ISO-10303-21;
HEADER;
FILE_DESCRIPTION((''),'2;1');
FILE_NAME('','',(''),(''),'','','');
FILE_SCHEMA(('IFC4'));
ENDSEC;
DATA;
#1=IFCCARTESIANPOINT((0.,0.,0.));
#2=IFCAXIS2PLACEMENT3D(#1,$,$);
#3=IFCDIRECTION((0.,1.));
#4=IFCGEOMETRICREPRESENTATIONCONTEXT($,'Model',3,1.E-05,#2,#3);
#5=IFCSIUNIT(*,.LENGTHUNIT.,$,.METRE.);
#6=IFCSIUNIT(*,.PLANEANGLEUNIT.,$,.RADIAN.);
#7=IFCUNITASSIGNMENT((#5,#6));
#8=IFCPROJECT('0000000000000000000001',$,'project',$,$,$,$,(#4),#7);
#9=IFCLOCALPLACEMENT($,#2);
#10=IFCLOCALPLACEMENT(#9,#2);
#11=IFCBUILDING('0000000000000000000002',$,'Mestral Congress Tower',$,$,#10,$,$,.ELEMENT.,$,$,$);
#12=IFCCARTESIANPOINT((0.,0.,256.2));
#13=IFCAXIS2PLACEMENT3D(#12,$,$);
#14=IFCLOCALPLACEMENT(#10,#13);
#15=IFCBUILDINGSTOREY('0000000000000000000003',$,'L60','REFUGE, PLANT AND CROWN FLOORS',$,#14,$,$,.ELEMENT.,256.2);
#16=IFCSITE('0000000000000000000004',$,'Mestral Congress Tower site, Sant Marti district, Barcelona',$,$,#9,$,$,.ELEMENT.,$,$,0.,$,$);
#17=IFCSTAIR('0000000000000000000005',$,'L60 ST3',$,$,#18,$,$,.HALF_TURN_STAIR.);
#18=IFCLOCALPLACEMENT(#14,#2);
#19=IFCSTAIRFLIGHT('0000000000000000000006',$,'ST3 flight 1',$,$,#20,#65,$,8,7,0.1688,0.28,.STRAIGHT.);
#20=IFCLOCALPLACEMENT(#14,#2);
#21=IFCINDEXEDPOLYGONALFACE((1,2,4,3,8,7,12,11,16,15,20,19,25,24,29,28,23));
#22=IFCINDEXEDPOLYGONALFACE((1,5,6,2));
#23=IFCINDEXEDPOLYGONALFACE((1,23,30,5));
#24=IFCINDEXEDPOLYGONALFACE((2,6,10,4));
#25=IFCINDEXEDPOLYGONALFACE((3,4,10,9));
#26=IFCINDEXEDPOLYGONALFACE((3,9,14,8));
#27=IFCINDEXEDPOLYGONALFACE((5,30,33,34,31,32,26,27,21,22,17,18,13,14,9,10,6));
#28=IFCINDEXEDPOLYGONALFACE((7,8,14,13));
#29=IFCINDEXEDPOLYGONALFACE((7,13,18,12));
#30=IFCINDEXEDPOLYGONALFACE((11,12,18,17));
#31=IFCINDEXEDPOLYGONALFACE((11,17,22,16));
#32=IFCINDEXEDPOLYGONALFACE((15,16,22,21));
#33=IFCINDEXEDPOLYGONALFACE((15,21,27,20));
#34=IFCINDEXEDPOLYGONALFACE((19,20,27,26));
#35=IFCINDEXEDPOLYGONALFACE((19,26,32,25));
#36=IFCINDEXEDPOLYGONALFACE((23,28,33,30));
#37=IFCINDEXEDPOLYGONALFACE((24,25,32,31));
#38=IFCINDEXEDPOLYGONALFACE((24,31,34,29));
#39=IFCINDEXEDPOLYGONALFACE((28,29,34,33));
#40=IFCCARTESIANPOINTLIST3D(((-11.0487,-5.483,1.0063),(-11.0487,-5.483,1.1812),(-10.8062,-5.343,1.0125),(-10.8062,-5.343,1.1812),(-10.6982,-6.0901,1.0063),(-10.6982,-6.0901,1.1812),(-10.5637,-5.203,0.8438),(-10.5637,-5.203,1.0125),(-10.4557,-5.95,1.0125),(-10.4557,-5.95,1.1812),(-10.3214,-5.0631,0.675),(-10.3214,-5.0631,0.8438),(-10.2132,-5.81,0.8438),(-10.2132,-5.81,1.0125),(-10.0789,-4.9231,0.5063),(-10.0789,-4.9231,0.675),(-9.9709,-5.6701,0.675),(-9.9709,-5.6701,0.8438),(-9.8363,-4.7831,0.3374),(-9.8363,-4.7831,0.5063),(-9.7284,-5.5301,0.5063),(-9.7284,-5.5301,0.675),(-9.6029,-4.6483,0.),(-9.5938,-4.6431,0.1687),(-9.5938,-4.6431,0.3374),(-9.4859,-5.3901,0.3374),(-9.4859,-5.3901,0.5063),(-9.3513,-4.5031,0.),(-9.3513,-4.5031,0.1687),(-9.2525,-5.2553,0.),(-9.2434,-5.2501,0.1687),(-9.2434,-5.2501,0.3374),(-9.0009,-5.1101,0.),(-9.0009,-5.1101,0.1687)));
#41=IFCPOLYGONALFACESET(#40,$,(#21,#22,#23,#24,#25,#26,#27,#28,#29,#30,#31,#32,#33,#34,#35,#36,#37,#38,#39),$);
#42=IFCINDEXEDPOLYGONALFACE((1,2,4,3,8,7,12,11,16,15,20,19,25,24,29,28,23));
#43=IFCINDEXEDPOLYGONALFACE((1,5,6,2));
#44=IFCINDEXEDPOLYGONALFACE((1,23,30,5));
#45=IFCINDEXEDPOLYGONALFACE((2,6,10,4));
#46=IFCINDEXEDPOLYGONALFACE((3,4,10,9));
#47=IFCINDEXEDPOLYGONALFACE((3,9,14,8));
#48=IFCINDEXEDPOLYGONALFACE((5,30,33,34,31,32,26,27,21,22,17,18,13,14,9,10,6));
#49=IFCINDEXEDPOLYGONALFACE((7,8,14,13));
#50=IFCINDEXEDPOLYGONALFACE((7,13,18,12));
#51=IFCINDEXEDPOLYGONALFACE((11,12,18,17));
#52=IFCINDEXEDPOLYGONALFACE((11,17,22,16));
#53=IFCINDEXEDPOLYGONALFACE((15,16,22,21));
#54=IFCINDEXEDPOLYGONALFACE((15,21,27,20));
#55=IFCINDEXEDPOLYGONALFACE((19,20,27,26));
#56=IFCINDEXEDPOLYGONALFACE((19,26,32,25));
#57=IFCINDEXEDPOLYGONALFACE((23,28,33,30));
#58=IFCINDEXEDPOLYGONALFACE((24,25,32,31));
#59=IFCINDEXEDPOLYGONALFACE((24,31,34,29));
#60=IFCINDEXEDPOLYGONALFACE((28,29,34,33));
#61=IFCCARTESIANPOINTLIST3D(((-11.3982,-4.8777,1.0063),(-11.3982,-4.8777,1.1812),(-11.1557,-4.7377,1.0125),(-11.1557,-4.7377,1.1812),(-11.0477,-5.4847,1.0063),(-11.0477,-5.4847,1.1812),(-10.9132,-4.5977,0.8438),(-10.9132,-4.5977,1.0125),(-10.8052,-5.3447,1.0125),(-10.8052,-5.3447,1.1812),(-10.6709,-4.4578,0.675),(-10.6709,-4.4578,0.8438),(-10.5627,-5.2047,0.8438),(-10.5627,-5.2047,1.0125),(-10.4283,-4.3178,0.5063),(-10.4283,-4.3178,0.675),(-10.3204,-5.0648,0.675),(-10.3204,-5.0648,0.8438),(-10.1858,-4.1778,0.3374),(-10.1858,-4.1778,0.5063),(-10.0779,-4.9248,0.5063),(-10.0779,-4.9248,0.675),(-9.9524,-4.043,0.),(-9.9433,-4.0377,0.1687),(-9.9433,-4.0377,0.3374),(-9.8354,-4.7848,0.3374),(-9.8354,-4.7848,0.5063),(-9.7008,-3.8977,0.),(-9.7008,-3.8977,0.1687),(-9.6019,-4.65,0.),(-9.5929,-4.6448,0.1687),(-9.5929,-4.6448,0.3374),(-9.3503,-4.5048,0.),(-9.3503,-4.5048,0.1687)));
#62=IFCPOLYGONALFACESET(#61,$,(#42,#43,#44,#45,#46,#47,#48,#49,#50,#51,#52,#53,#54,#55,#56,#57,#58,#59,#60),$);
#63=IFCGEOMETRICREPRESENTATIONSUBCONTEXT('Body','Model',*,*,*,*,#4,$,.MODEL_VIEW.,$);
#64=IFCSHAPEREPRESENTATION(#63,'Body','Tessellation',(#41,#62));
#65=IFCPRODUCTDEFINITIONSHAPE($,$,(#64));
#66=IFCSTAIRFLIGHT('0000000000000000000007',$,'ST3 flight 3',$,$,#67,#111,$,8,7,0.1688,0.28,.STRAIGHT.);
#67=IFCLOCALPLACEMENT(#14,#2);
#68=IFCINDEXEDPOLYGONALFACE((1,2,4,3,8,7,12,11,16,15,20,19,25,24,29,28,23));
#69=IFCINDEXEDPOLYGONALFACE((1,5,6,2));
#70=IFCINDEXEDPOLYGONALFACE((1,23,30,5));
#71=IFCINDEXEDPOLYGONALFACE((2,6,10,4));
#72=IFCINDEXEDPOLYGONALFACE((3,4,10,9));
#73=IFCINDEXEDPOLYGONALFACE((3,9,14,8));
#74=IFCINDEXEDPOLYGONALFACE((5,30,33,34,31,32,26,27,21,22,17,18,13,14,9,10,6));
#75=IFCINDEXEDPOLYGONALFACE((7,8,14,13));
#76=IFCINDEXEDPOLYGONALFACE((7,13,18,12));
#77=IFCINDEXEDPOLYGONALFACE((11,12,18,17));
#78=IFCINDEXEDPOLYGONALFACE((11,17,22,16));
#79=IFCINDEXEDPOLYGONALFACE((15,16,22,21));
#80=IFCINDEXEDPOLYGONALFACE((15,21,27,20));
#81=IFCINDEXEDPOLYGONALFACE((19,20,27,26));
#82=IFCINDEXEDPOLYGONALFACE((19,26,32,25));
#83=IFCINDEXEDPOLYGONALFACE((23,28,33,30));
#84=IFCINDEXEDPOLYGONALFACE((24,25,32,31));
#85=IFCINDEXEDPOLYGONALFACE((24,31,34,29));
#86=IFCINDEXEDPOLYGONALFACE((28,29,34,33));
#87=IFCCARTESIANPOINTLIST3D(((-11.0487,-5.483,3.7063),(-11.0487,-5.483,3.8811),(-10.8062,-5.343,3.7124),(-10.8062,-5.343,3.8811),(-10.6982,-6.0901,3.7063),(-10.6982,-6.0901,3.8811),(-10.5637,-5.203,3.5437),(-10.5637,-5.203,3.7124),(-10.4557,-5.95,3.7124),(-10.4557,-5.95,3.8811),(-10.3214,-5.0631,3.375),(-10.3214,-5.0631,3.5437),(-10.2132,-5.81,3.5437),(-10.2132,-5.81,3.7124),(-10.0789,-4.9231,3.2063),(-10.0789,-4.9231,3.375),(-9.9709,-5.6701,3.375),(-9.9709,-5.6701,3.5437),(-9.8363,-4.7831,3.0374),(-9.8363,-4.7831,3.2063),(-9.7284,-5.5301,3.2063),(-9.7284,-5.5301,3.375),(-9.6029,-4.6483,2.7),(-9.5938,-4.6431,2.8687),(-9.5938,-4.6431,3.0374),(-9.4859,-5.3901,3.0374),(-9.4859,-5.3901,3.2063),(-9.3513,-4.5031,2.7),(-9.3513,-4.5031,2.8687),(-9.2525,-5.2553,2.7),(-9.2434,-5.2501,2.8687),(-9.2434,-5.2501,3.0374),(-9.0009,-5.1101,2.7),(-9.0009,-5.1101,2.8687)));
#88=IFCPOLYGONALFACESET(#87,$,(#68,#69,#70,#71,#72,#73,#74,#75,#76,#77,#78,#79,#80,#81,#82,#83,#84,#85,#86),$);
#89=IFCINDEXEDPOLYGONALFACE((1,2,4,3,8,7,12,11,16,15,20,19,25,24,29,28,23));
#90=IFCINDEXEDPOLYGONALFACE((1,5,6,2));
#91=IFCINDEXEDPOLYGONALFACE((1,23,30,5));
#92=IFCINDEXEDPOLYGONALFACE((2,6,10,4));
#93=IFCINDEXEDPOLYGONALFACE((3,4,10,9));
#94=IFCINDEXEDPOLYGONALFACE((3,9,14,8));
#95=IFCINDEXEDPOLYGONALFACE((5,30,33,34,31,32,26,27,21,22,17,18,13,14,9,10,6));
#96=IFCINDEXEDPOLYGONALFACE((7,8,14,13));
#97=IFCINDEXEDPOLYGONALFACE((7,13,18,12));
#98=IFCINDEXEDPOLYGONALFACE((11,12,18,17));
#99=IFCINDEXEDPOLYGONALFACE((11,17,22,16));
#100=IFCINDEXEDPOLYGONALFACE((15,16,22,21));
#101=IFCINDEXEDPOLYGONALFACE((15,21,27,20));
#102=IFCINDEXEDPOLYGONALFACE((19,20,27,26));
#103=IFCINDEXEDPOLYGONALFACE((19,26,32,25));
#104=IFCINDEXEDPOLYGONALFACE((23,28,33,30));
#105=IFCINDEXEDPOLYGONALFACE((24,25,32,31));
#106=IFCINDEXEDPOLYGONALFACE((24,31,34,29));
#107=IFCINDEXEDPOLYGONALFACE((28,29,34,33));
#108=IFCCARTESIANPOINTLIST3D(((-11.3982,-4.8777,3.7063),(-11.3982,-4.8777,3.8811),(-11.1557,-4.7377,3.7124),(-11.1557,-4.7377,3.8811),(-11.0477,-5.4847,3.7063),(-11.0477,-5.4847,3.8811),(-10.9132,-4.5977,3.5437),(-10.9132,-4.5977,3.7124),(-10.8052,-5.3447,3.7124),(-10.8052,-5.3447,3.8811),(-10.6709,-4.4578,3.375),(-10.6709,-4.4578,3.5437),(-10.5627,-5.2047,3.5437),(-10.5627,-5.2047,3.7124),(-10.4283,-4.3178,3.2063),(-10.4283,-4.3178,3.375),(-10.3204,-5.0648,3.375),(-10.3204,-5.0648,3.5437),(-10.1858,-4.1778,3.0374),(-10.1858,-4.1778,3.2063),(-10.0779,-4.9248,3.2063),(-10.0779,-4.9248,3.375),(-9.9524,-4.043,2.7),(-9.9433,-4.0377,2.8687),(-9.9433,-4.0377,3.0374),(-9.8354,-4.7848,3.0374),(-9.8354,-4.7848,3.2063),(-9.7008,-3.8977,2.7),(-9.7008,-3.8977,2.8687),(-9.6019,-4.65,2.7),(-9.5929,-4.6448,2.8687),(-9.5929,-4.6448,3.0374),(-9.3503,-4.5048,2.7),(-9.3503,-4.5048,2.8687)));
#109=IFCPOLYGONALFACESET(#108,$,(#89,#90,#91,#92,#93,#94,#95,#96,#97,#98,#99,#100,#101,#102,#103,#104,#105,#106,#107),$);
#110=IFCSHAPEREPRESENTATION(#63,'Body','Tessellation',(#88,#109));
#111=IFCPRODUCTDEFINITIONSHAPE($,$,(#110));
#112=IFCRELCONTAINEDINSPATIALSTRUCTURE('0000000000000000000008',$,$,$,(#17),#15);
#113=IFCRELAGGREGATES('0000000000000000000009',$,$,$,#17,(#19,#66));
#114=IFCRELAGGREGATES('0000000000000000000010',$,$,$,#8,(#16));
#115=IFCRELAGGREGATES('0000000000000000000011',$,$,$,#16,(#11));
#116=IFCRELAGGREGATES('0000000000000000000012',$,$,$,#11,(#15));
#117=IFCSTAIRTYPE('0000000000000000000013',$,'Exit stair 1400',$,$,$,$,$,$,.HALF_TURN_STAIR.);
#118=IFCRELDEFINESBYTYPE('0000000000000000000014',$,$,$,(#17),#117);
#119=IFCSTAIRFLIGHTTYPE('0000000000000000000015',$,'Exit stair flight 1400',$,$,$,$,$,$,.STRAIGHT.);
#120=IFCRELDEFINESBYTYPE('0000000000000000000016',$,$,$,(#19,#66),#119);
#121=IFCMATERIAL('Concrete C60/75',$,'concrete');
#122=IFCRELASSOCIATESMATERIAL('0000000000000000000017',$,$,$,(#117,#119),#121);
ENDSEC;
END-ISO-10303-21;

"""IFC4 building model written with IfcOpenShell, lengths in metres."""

from ifc_helpers import new_model, si_unit, direction, frame, origin, place, context, subcontext, project, spatial, polyline, outline, extrude, material, type_object, element, aggregate, save


model = new_model("IFC4")

# Units and contexts
model_context = context("Model", 3, precision=1e-05, world=origin(), true_north=direction((0.0, 1.0)))
body_context = subcontext(model_context, "Body", "Model", "MODEL_VIEW")
ifc_project = project(units=[si_unit("LENGTHUNIT", "METRE"), si_unit("PLANEANGLEUNIT", "RADIAN")], contexts=[model_context])

# Site, building, storey
site_placement = place(None, origin())
site = spatial("IfcSite", under=ifc_project, at=site_placement, Name="Mestral Congress Tower site, Sant Marti district, Barcelona", CompositionType="ELEMENT", RefElevation=0.0)
building_placement = place(site_placement, origin())
building = spatial("IfcBuilding", under=site, at=building_placement, Name="Mestral Congress Tower", CompositionType="ELEMENT")
storey_placement = place(building_placement, frame((0.0, 0.0, 256.2)))
storey = spatial("IfcBuildingStorey", under=building, at=storey_placement, Name="L60", Description="REFUGE, PLANT AND CROWN FLOORS", CompositionType="ELEMENT", Elevation=256.2)

# Shared definitions
ifc_material_1 = material(Name="Concrete C60/75", Category="concrete")

# Stair, stair flights
stair_type = type_object("IfcStairType", Name="Exit stair 1400", PredefinedType="HALF_TURN_STAIR", material=ifc_material_1)
stair_placement = place(storey_placement, origin())
stair = element("IfcStair", 1, at=stair_placement, inside=storey, type_object=stair_type, Name="L60 ST3", PredefinedType="HALF_TURN_STAIR")
stair_flight_type = type_object("IfcStairFlightType", Name="Exit stair flight 1400", PredefinedType="STRAIGHT", material=ifc_material_1)
stair_flight_1_placement = place(storey_placement, frame((-9.3508, -4.5039, 0.0), z_axis=(0.0, 0.0, 1.0), x_axis=(-0.866025, -0.5, 0.0)))
stair_flight_1 = element("IfcStairFlight", 2, at=stair_flight_1_placement, type_object=stair_flight_type, Name="ST3 flight 1", NumberOfRisers=8, NumberOfTreads=7, PredefinedType="STRAIGHT", RiserHeight=0.1688, TreadLength=0.28, context=body_context, shape_type="SweptSolid", body=[
    extrude(outline(polyline([(0.0, 0.0), (0.0, 0.1687), (0.28, 0.1687), (0.28, 0.3374), (0.5601, 0.3374), (0.5601, 0.5063), (0.8401, 0.5063), (0.8401, 0.675), (1.1201, 0.675), (1.1201, 0.8438), (1.3999, 0.8438), (1.3999, 1.0125), (1.6799, 1.0125), (1.6799, 1.1812), (1.96, 1.1812), (1.96, 1.3501), (1.96, 1.0063), (0.2905, 0.0), (0.0, 0.0)])), frame((0.0, 0.7, 0.0), z_axis=(0.0, -1.0, 0.0), x_axis=(1.0, 0.0, 0.0)), (0.0, 0.0, 1.0), 0.7009),
    extrude(outline(polyline([(0.0, 0.0), (0.0, 0.1687), (0.28, 0.1687), (0.28, 0.3374), (0.5601, 0.3374), (0.5601, 0.5063), (0.8401, 0.5063), (0.8401, 0.675), (1.1201, 0.675), (1.1201, 0.8438), (1.3999, 0.8438), (1.3999, 1.0125), (1.6799, 1.0125), (1.6799, 1.1812), (1.96, 1.1812), (1.96, 1.3501), (1.96, 1.0063), (0.2905, 0.0), (0.0, 0.0)])), frame((0.0, 0.001, 0.0), z_axis=(0.0, -1.0, 0.0), x_axis=(1.0, 0.0, 0.0)), (0.0, 0.0, 1.0), 0.7009),
])
stair_flight_2_placement = place(storey_placement, frame((-9.3508, -4.5039, 2.7), z_axis=(0.0, 0.0, 1.0), x_axis=(-0.866025, -0.5, 0.0)))
stair_flight_2 = element("IfcStairFlight", 3, at=stair_flight_2_placement, type_object=stair_flight_type, Name="ST3 flight 3", NumberOfRisers=8, NumberOfTreads=7, PredefinedType="STRAIGHT", RiserHeight=0.1688, TreadLength=0.28, context=body_context, shape_type="SweptSolid", body=[
    extrude(outline(polyline([(0.0, 0.0), (0.0, 0.1687), (0.28, 0.1687), (0.28, 0.3374), (0.5601, 0.3374), (0.5601, 0.5063), (0.8401, 0.5063), (0.8401, 0.675), (1.1201, 0.675), (1.1201, 0.8438), (1.3999, 0.8438), (1.3999, 1.0125), (1.6799, 1.0125), (1.6799, 1.1812), (1.96, 1.1812), (1.96, 1.3501), (1.96, 1.0063), (0.2905, 0.0), (0.0, 0.0)])), frame((0.0, 0.7, 0.0), z_axis=(0.0, -1.0, 0.0), x_axis=(1.0, 0.0, 0.0)), (0.0, 0.0, 1.0), 0.7009),
    extrude(outline(polyline([(0.0, 0.0), (0.0, 0.1687), (0.28, 0.1687), (0.28, 0.3374), (0.5601, 0.3374), (0.5601, 0.5063), (0.8401, 0.5063), (0.8401, 0.675), (1.1201, 0.675), (1.1201, 0.8438), (1.3999, 0.8438), (1.3999, 1.0125), (1.6799, 1.0125), (1.6799, 1.1812), (1.96, 1.1812), (1.96, 1.3501), (1.96, 1.0063), (0.2905, 0.0), (0.0, 0.0)])), frame((0.0, 0.001, 0.0), z_axis=(0.0, -1.0, 0.0), x_axis=(1.0, 0.0, 0.0)), (0.0, 0.0, 1.0), 0.7009),
])
aggregate(stair, [stair_flight_1, stair_flight_2])

save(model, "model.ifc")
